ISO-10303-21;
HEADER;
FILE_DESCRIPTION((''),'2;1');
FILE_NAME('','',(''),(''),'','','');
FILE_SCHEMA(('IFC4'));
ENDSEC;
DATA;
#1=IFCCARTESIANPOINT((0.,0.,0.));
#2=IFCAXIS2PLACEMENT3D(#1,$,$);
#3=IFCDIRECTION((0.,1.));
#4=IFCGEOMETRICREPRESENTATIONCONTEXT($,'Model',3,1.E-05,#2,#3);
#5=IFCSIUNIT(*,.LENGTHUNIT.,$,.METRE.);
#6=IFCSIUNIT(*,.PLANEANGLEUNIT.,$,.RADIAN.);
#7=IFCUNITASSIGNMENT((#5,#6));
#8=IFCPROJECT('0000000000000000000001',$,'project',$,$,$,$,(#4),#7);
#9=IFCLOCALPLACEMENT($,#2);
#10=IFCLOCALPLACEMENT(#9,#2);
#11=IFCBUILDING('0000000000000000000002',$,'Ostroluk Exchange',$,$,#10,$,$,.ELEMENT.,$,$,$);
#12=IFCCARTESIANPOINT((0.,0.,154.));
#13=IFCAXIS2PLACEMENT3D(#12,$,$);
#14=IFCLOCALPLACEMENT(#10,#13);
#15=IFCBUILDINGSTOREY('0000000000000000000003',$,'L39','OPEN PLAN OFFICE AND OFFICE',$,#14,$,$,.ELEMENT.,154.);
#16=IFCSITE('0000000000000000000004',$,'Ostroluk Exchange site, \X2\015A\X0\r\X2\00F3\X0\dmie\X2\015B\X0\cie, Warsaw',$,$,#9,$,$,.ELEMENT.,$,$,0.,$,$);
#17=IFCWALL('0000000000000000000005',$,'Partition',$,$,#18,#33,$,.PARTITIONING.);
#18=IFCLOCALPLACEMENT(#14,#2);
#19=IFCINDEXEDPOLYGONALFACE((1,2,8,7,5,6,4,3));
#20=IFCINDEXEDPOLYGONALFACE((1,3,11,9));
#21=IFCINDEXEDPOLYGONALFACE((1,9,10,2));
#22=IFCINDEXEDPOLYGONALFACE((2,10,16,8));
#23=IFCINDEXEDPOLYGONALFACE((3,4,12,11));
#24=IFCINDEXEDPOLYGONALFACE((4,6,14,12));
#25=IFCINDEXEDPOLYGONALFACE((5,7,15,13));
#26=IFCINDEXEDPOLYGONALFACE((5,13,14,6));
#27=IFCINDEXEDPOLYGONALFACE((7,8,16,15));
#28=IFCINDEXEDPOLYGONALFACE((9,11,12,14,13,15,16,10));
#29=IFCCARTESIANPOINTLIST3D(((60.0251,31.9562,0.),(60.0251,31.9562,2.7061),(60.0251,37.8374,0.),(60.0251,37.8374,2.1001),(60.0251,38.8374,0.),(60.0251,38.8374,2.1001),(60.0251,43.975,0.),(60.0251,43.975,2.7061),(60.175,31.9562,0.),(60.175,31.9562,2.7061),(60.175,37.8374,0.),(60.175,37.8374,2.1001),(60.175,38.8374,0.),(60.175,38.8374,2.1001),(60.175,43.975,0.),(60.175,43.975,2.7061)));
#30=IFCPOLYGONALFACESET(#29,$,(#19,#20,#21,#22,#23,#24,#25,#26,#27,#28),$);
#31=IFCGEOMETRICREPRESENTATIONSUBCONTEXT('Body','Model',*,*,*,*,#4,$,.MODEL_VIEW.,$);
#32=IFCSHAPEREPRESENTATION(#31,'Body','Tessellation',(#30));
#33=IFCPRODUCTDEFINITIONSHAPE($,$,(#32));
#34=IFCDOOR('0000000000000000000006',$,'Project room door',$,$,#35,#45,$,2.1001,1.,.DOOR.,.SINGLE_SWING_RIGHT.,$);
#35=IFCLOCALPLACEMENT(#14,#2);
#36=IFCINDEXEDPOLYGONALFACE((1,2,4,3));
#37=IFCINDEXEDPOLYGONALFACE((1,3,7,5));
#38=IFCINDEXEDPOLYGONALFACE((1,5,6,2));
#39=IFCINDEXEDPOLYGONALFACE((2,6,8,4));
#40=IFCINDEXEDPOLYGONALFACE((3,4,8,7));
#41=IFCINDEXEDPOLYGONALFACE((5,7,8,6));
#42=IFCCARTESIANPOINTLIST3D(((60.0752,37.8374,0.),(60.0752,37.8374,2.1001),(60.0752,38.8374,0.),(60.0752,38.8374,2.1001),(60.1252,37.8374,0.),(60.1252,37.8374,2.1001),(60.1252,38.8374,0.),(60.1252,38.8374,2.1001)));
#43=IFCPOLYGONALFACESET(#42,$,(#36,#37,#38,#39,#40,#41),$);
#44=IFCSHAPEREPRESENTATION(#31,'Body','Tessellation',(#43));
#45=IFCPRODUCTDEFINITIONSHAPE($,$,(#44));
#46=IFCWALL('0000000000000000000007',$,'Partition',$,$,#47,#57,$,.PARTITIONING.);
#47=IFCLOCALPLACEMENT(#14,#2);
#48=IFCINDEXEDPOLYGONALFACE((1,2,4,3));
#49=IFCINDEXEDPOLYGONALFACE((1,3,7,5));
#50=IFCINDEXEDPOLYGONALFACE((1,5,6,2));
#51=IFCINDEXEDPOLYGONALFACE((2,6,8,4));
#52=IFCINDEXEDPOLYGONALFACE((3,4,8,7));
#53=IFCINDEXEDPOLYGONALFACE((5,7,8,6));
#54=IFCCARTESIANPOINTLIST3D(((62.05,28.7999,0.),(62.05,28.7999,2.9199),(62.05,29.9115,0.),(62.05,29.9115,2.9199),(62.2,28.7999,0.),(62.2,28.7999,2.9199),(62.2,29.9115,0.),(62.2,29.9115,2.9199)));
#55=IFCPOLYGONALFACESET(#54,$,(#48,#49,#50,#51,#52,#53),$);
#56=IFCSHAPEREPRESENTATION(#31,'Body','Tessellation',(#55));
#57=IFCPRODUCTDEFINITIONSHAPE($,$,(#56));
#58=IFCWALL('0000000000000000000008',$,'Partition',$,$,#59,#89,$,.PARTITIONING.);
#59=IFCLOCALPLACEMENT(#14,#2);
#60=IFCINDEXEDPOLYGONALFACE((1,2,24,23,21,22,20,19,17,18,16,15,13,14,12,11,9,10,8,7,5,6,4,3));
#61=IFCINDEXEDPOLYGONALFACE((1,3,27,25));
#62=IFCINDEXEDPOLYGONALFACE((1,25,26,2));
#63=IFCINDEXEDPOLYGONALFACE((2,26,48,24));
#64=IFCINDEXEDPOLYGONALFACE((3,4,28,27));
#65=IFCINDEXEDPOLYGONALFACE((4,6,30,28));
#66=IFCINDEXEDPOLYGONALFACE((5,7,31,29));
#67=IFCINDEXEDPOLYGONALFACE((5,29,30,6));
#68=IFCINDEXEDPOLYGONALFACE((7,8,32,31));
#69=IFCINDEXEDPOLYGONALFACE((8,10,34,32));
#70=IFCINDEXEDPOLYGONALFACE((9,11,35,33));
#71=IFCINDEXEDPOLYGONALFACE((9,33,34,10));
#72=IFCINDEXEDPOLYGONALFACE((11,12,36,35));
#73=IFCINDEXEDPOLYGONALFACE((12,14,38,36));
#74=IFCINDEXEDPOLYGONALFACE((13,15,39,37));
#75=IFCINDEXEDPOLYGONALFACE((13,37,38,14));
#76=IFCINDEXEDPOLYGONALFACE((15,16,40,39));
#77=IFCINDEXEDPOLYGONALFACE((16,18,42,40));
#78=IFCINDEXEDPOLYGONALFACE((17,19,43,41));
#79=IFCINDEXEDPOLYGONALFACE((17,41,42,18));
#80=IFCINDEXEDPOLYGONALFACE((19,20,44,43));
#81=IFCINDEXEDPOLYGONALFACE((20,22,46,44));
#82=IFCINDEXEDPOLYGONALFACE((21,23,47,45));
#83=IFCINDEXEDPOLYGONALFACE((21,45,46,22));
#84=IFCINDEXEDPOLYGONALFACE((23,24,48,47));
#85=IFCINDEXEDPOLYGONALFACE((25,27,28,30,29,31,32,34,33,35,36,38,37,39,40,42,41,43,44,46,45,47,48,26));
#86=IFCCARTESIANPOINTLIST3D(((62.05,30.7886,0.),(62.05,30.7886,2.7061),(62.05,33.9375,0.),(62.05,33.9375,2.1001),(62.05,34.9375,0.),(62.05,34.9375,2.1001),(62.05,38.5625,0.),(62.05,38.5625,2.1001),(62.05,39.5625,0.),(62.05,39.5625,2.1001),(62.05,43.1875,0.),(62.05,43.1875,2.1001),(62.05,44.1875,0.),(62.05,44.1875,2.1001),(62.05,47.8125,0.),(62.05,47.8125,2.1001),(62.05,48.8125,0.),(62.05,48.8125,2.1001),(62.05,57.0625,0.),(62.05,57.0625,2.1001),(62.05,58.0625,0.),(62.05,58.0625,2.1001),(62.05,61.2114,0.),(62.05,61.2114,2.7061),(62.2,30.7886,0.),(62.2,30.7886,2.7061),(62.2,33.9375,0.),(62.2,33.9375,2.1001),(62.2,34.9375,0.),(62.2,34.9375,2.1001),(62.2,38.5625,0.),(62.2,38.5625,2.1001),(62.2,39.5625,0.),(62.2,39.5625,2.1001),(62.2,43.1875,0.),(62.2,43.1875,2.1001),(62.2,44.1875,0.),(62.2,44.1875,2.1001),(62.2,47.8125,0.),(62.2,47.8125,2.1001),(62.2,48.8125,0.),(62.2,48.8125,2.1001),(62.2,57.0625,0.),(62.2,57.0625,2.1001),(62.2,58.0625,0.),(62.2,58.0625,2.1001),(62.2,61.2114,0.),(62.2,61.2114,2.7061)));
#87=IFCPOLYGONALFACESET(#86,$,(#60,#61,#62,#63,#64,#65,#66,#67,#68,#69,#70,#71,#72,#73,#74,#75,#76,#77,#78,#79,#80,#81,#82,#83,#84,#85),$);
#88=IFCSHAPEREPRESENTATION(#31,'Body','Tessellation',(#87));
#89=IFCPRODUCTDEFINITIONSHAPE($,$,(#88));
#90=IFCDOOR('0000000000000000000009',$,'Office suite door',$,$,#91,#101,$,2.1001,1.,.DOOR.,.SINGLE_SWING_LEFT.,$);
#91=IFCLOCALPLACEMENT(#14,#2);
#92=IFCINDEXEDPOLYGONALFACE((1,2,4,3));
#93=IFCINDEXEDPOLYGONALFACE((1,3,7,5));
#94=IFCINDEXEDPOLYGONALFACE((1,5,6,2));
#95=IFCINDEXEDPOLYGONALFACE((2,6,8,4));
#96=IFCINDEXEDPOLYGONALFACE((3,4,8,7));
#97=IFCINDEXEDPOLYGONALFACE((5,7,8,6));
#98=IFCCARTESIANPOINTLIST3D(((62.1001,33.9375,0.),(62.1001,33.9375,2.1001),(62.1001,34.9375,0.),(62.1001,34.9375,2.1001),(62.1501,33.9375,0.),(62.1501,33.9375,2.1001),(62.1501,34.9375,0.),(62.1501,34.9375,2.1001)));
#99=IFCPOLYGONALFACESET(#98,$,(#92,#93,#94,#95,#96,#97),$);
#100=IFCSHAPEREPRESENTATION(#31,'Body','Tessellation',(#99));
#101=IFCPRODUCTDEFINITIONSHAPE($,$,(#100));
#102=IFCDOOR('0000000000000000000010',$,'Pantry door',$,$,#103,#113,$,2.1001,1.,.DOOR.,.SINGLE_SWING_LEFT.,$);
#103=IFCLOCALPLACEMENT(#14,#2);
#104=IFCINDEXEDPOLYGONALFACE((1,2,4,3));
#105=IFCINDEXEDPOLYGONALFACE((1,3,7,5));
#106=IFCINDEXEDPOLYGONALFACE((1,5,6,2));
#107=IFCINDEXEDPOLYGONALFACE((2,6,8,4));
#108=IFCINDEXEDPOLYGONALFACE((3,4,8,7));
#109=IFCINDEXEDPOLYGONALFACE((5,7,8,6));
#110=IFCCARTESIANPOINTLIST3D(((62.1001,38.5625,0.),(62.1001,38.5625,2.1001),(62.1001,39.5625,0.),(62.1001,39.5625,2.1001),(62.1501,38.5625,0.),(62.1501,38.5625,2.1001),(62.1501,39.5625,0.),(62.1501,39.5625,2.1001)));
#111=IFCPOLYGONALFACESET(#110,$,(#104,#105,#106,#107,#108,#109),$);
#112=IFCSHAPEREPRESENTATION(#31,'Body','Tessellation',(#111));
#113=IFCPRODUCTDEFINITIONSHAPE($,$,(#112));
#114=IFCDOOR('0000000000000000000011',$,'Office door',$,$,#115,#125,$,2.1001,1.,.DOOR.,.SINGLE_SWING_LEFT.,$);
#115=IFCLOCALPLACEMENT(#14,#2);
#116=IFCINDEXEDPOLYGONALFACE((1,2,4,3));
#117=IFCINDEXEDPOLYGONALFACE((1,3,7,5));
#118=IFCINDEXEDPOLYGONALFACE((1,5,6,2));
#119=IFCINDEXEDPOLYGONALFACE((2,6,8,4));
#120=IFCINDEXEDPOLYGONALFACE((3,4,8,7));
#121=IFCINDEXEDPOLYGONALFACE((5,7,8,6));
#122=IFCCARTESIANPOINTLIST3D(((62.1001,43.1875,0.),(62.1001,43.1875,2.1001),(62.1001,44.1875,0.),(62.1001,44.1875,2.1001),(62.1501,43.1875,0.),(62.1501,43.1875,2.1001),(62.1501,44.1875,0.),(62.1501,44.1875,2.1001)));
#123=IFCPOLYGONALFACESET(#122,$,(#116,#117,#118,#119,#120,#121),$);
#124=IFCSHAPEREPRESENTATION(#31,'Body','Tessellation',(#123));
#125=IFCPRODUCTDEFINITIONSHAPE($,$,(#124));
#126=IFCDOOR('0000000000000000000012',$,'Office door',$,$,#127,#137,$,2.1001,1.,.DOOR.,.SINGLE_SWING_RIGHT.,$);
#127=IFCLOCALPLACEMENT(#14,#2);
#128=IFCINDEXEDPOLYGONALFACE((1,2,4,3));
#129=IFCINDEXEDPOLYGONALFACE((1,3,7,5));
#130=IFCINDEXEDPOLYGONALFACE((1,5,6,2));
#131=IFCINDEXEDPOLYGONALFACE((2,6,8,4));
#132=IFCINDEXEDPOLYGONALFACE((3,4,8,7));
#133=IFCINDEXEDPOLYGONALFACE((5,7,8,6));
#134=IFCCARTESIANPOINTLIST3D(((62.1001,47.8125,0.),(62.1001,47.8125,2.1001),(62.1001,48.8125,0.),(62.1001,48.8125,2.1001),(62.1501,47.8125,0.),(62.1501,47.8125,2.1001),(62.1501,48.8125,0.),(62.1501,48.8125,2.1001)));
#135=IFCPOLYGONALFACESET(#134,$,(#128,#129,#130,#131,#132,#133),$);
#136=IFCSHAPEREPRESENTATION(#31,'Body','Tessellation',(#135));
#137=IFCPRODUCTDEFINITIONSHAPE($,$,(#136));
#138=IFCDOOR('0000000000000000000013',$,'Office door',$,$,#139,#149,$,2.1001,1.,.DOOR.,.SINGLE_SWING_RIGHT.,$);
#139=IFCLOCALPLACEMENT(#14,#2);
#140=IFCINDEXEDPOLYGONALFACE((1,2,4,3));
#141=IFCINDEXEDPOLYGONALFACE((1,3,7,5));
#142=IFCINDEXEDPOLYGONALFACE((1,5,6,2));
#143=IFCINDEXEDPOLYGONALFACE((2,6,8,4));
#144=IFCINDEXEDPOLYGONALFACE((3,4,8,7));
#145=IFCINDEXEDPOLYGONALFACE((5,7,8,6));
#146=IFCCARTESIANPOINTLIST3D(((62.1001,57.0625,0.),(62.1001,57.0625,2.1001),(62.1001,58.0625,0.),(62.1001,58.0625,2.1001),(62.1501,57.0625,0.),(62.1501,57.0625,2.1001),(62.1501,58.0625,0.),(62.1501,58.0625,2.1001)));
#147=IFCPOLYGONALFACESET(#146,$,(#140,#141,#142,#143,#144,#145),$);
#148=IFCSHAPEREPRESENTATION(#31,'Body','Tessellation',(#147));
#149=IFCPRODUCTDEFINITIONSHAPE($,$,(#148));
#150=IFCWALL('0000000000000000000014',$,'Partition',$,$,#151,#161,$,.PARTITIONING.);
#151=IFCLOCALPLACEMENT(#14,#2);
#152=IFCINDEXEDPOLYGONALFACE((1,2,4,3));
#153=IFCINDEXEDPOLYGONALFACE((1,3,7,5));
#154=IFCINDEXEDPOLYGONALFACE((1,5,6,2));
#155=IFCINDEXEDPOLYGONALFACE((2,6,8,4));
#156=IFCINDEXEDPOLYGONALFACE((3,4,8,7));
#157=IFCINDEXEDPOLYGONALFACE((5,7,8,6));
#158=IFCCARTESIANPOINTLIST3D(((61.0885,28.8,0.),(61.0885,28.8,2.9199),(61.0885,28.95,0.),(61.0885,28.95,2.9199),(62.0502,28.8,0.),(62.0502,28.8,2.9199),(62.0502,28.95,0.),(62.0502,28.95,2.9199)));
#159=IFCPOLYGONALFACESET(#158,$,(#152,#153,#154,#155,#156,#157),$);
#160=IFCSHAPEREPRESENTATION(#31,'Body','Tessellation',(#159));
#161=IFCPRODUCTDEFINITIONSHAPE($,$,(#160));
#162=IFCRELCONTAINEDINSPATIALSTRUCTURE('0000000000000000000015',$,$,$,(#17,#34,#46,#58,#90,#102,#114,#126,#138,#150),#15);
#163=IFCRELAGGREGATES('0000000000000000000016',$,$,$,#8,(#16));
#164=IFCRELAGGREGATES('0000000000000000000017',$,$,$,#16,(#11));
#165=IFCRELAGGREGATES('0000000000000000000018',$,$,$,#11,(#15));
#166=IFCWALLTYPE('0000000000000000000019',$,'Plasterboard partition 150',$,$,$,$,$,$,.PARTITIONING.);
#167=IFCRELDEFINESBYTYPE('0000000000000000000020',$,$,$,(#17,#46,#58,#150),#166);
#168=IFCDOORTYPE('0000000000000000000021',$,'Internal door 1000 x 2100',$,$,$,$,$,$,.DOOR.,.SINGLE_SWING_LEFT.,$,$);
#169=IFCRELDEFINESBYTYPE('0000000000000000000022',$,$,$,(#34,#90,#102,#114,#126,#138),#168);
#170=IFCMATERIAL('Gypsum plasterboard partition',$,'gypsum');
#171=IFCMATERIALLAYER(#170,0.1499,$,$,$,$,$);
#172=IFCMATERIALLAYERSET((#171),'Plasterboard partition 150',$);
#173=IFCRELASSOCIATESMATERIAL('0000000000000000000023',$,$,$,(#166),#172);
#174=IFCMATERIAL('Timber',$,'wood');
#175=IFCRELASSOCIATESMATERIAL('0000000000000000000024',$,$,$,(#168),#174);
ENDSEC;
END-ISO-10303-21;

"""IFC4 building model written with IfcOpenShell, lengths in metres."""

from ifc_helpers import new_model, si_unit, direction, frame, frame_2d, origin, place, context, subcontext, project, spatial, rectangle, extrude, material, layer, layer_set, type_object, element, fill, save


model = new_model("IFC4")

# Units and contexts
model_context = context("Model", 3, precision=1e-05, world=origin(), true_north=direction((0.0, 1.0)))
body_context = subcontext(model_context, "Body", "Model", "MODEL_VIEW")
ifc_project = project(units=[si_unit("LENGTHUNIT", "METRE"), si_unit("PLANEANGLEUNIT", "RADIAN")], contexts=[model_context])

# Site, building, storey
site_placement = place(None, origin())
site = spatial("IfcSite", under=ifc_project, at=site_placement, Name="Ostroluk Exchange site, Śródmieście, Warsaw", CompositionType="ELEMENT", RefElevation=0.0)
building_placement = place(site_placement, origin())
building = spatial("IfcBuilding", under=site, at=building_placement, Name="Ostroluk Exchange", CompositionType="ELEMENT")
storey_placement = place(building_placement, frame((0.0, 0.0, 154.0)))
storey = spatial("IfcBuildingStorey", under=building, at=storey_placement, Name="L39", Description="OPEN PLAN OFFICE AND OFFICE", CompositionType="ELEMENT", Elevation=154.0)

# Wall, opening, door
ifc_material_1 = material(Name="Gypsum plasterboard partition", Category="gypsum")
ifc_layer_1 = layer(ifc_material_1, 0.1499)
ifc_layer_set_1 = layer_set([ifc_layer_1], Name="Plasterboard partition 150")
wall_type_1 = type_object("IfcWallType", Name="Plasterboard partition 150", PredefinedType="PARTITIONING", material=ifc_layer_set_1)
wall_1_placement = place(storey_placement, frame((60.1001, 31.9563, 0.0), z_axis=(0.0, 0.0, 1.0), x_axis=(0.0, 1.0, 0.0)))
wall_1 = element("IfcWall", 1, at=wall_1_placement, inside=storey, type_object=wall_type_1, Name="Partition", PredefinedType="PARTITIONING", context=body_context, shape_type="SweptSolid", body=[
    extrude(rectangle(XDim=12.0188, YDim=0.1499, at=frame_2d((6.0093, 0.0))), origin(), (0.0, 0.0, 1.0), 2.7061),
])
opening_1_placement = place(wall_1_placement, frame((5.8811, 0.0, 0.0)))
opening_1 = element("IfcOpeningElement", 2, at=opening_1_placement, cuts=wall_1, PredefinedType="OPENING", context=body_context, shape_type="SweptSolid", body=[
    extrude(rectangle(XDim=1.0, YDim=2.1001, at=frame_2d((0.5, 1.05))), frame((0.0, 0.085, 0.0), z_axis=(0.0, -1.0, 0.0), x_axis=(1.0, 0.0, 0.0)), (0.0, 0.0, 1.0), 0.1699),
])
ifc_material_2 = material(Name="Timber", Category="wood")
door_type_1 = type_object("IfcDoorType", Name="Internal door 1000 x 2100", OperationType="SINGLE_SWING_LEFT", PredefinedType="DOOR", material=ifc_material_2)
door_1_placement = place(opening_1_placement, origin())
door_1 = element("IfcDoor", 3, at=door_1_placement, inside=storey, type_object=door_type_1, Name="Project room door", OperationType="SINGLE_SWING_RIGHT", OverallHeight=2.1001, OverallWidth=1.0, PredefinedType="DOOR", context=body_context, shape_type="SweptSolid", body=[
    extrude(rectangle(XDim=1.0, YDim=2.1001, at=frame_2d((0.5, 1.05))), frame((0.0, 0.0249, 0.0), z_axis=(0.0, -1.0, 0.0), x_axis=(1.0, 0.0, 0.0)), (0.0, 0.0, 1.0), 0.05),
])
fill(opening_1, door_1)

# Wall
wall_2_placement = place(storey_placement, frame((62.125, 28.8, 0.0), z_axis=(0.0, 0.0, 1.0), x_axis=(0.0, 1.0, 0.0)))
element("IfcWall", 4, at=wall_2_placement, inside=storey, type_object=wall_type_1, Name="Partition", PredefinedType="PARTITIONING", context=body_context, shape_type="SweptSolid", body=[
    extrude(rectangle(XDim=1.1116, YDim=0.1499, at=frame_2d((0.5557, 0.0))), origin(), (0.0, 0.0, 1.0), 2.9199),
])

# Wall, openings, doors
wall_3_placement = place(storey_placement, frame((62.125, 30.7886, 0.0), z_axis=(0.0, 0.0, 1.0), x_axis=(0.0, 1.0, 0.0)))
wall_3 = element("IfcWall", 5, at=wall_3_placement, inside=storey, type_object=wall_type_1, Name="Partition", PredefinedType="PARTITIONING", context=body_context, shape_type="SweptSolid", body=[
    extrude(rectangle(XDim=30.4229, YDim=0.1499, at=frame_2d((15.2114, 0.0))), origin(), (0.0, 0.0, 1.0), 2.7061),
])
opening_2_placement = place(wall_3_placement, frame((3.1489, 0.0, 0.0)))
opening_2 = element("IfcOpeningElement", 6, at=opening_2_placement, cuts=wall_3, PredefinedType="OPENING", context=body_context, shape_type="SweptSolid", body=[
    extrude(rectangle(XDim=1.0, YDim=2.1001, at=frame_2d((0.5, 1.05))), frame((0.0, 0.085, 0.0), z_axis=(0.0, -1.0, 0.0), x_axis=(1.0, 0.0, 0.0)), (0.0, 0.0, 1.0), 0.1699),
])
opening_3_placement = place(wall_3_placement, frame((7.7739, 0.0, 0.0)))
opening_3 = element("IfcOpeningElement", 7, at=opening_3_placement, cuts=wall_3, PredefinedType="OPENING", context=body_context, shape_type="SweptSolid", body=[
    extrude(rectangle(XDim=1.0, YDim=2.1001, at=frame_2d((0.5, 1.05))), frame((0.0, 0.085, 0.0), z_axis=(0.0, -1.0, 0.0), x_axis=(1.0, 0.0, 0.0)), (0.0, 0.0, 1.0), 0.1699),
])
opening_4_placement = place(wall_3_placement, frame((12.3989, 0.0, 0.0)))
opening_4 = element("IfcOpeningElement", 8, at=opening_4_placement, cuts=wall_3, PredefinedType="OPENING", context=body_context, shape_type="SweptSolid", body=[
    extrude(rectangle(XDim=1.0, YDim=2.1001, at=frame_2d((0.5, 1.05))), frame((0.0, 0.085, 0.0), z_axis=(0.0, -1.0, 0.0), x_axis=(1.0, 0.0, 0.0)), (0.0, 0.0, 1.0), 0.1699),
])
opening_5_placement = place(wall_3_placement, frame((17.0239, 0.0, 0.0)))
opening_5 = element("IfcOpeningElement", 9, at=opening_5_placement, cuts=wall_3, PredefinedType="OPENING", context=body_context, shape_type="SweptSolid", body=[
    extrude(rectangle(XDim=1.0, YDim=2.1001, at=frame_2d((0.5, 1.05))), frame((0.0, 0.085, 0.0), z_axis=(0.0, -1.0, 0.0), x_axis=(1.0, 0.0, 0.0)), (0.0, 0.0, 1.0), 0.1699),
])
opening_6_placement = place(wall_3_placement, frame((26.2739, 0.0, 0.0)))
opening_6 = element("IfcOpeningElement", 10, at=opening_6_placement, cuts=wall_3, PredefinedType="OPENING", context=body_context, shape_type="SweptSolid", body=[
    extrude(rectangle(XDim=1.0, YDim=2.1001, at=frame_2d((0.5, 1.05))), frame((0.0, 0.085, 0.0), z_axis=(0.0, -1.0, 0.0), x_axis=(1.0, 0.0, 0.0)), (0.0, 0.0, 1.0), 0.1699),
])
door_2_placement = place(opening_2_placement, origin())
door_2 = element("IfcDoor", 11, at=door_2_placement, inside=storey, type_object=door_type_1, Name="Office suite door", OperationType="SINGLE_SWING_LEFT", OverallHeight=2.1001, OverallWidth=1.0, PredefinedType="DOOR", context=body_context, shape_type="SweptSolid", body=[
    extrude(rectangle(XDim=1.0, YDim=2.1001, at=frame_2d((0.5, 1.05))), frame((0.0, 0.0249, 0.0), z_axis=(0.0, -1.0, 0.0), x_axis=(1.0, 0.0, 0.0)), (0.0, 0.0, 1.0), 0.05),
])
fill(opening_2, door_2)
door_3_placement = place(opening_3_placement, origin())
door_3 = element("IfcDoor", 12, at=door_3_placement, inside=storey, type_object=door_type_1, Name="Pantry door", OperationType="SINGLE_SWING_LEFT", OverallHeight=2.1001, OverallWidth=1.0, PredefinedType="DOOR", context=body_context, shape_type="SweptSolid", body=[
    extrude(rectangle(XDim=1.0, YDim=2.1001, at=frame_2d((0.5, 1.05))), frame((0.0, 0.0249, 0.0), z_axis=(0.0, -1.0, 0.0), x_axis=(1.0, 0.0, 0.0)), (0.0, 0.0, 1.0), 0.05),
])
fill(opening_3, door_3)
door_4_placement = place(opening_4_placement, origin())
door_4 = element("IfcDoor", 13, at=door_4_placement, inside=storey, type_object=door_type_1, Name="Office door", OperationType="SINGLE_SWING_LEFT", OverallHeight=2.1001, OverallWidth=1.0, PredefinedType="DOOR", context=body_context, shape_type="SweptSolid", body=[
    extrude(rectangle(XDim=1.0, YDim=2.1001, at=frame_2d((0.5, 1.05))), frame((0.0, 0.0249, 0.0), z_axis=(0.0, -1.0, 0.0), x_axis=(1.0, 0.0, 0.0)), (0.0, 0.0, 1.0), 0.05),
])
fill(opening_4, door_4)
door_5_placement = place(opening_5_placement, origin())
door_5 = element("IfcDoor", 14, at=door_5_placement, inside=storey, type_object=door_type_1, Name="Office door", OperationType="SINGLE_SWING_RIGHT", OverallHeight=2.1001, OverallWidth=1.0, PredefinedType="DOOR", context=body_context, shape_type="SweptSolid", body=[
    extrude(rectangle(XDim=1.0, YDim=2.1001, at=frame_2d((0.5, 1.05))), frame((0.0, 0.0249, 0.0), z_axis=(0.0, -1.0, 0.0), x_axis=(1.0, 0.0, 0.0)), (0.0, 0.0, 1.0), 0.05),
])
fill(opening_5, door_5)
door_6_placement = place(opening_6_placement, origin())
door_6 = element("IfcDoor", 15, at=door_6_placement, inside=storey, type_object=door_type_1, Name="Office door", OperationType="SINGLE_SWING_RIGHT", OverallHeight=2.1001, OverallWidth=1.0, PredefinedType="DOOR", context=body_context, shape_type="SweptSolid", body=[
    extrude(rectangle(XDim=1.0, YDim=2.1001, at=frame_2d((0.5, 1.05))), frame((0.0, 0.0249, 0.0), z_axis=(0.0, -1.0, 0.0), x_axis=(1.0, 0.0, 0.0)), (0.0, 0.0, 1.0), 0.05),
])
fill(opening_6, door_6)

# Wall
wall_4_placement = place(storey_placement, frame((61.0884, 28.875, 0.0), z_axis=(0.0, 0.0, 1.0), x_axis=(1.0, 0.0, 0.0)))
element("IfcWall", 16, at=wall_4_placement, inside=storey, type_object=wall_type_1, Name="Partition", PredefinedType="PARTITIONING", context=body_context, shape_type="SweptSolid", body=[
    extrude(rectangle(XDim=0.9617, YDim=0.1499, at=frame_2d((0.481, 0.0))), origin(), (0.0, 0.0, 1.0), 2.9199),
])

save(model, "model.ifc")
